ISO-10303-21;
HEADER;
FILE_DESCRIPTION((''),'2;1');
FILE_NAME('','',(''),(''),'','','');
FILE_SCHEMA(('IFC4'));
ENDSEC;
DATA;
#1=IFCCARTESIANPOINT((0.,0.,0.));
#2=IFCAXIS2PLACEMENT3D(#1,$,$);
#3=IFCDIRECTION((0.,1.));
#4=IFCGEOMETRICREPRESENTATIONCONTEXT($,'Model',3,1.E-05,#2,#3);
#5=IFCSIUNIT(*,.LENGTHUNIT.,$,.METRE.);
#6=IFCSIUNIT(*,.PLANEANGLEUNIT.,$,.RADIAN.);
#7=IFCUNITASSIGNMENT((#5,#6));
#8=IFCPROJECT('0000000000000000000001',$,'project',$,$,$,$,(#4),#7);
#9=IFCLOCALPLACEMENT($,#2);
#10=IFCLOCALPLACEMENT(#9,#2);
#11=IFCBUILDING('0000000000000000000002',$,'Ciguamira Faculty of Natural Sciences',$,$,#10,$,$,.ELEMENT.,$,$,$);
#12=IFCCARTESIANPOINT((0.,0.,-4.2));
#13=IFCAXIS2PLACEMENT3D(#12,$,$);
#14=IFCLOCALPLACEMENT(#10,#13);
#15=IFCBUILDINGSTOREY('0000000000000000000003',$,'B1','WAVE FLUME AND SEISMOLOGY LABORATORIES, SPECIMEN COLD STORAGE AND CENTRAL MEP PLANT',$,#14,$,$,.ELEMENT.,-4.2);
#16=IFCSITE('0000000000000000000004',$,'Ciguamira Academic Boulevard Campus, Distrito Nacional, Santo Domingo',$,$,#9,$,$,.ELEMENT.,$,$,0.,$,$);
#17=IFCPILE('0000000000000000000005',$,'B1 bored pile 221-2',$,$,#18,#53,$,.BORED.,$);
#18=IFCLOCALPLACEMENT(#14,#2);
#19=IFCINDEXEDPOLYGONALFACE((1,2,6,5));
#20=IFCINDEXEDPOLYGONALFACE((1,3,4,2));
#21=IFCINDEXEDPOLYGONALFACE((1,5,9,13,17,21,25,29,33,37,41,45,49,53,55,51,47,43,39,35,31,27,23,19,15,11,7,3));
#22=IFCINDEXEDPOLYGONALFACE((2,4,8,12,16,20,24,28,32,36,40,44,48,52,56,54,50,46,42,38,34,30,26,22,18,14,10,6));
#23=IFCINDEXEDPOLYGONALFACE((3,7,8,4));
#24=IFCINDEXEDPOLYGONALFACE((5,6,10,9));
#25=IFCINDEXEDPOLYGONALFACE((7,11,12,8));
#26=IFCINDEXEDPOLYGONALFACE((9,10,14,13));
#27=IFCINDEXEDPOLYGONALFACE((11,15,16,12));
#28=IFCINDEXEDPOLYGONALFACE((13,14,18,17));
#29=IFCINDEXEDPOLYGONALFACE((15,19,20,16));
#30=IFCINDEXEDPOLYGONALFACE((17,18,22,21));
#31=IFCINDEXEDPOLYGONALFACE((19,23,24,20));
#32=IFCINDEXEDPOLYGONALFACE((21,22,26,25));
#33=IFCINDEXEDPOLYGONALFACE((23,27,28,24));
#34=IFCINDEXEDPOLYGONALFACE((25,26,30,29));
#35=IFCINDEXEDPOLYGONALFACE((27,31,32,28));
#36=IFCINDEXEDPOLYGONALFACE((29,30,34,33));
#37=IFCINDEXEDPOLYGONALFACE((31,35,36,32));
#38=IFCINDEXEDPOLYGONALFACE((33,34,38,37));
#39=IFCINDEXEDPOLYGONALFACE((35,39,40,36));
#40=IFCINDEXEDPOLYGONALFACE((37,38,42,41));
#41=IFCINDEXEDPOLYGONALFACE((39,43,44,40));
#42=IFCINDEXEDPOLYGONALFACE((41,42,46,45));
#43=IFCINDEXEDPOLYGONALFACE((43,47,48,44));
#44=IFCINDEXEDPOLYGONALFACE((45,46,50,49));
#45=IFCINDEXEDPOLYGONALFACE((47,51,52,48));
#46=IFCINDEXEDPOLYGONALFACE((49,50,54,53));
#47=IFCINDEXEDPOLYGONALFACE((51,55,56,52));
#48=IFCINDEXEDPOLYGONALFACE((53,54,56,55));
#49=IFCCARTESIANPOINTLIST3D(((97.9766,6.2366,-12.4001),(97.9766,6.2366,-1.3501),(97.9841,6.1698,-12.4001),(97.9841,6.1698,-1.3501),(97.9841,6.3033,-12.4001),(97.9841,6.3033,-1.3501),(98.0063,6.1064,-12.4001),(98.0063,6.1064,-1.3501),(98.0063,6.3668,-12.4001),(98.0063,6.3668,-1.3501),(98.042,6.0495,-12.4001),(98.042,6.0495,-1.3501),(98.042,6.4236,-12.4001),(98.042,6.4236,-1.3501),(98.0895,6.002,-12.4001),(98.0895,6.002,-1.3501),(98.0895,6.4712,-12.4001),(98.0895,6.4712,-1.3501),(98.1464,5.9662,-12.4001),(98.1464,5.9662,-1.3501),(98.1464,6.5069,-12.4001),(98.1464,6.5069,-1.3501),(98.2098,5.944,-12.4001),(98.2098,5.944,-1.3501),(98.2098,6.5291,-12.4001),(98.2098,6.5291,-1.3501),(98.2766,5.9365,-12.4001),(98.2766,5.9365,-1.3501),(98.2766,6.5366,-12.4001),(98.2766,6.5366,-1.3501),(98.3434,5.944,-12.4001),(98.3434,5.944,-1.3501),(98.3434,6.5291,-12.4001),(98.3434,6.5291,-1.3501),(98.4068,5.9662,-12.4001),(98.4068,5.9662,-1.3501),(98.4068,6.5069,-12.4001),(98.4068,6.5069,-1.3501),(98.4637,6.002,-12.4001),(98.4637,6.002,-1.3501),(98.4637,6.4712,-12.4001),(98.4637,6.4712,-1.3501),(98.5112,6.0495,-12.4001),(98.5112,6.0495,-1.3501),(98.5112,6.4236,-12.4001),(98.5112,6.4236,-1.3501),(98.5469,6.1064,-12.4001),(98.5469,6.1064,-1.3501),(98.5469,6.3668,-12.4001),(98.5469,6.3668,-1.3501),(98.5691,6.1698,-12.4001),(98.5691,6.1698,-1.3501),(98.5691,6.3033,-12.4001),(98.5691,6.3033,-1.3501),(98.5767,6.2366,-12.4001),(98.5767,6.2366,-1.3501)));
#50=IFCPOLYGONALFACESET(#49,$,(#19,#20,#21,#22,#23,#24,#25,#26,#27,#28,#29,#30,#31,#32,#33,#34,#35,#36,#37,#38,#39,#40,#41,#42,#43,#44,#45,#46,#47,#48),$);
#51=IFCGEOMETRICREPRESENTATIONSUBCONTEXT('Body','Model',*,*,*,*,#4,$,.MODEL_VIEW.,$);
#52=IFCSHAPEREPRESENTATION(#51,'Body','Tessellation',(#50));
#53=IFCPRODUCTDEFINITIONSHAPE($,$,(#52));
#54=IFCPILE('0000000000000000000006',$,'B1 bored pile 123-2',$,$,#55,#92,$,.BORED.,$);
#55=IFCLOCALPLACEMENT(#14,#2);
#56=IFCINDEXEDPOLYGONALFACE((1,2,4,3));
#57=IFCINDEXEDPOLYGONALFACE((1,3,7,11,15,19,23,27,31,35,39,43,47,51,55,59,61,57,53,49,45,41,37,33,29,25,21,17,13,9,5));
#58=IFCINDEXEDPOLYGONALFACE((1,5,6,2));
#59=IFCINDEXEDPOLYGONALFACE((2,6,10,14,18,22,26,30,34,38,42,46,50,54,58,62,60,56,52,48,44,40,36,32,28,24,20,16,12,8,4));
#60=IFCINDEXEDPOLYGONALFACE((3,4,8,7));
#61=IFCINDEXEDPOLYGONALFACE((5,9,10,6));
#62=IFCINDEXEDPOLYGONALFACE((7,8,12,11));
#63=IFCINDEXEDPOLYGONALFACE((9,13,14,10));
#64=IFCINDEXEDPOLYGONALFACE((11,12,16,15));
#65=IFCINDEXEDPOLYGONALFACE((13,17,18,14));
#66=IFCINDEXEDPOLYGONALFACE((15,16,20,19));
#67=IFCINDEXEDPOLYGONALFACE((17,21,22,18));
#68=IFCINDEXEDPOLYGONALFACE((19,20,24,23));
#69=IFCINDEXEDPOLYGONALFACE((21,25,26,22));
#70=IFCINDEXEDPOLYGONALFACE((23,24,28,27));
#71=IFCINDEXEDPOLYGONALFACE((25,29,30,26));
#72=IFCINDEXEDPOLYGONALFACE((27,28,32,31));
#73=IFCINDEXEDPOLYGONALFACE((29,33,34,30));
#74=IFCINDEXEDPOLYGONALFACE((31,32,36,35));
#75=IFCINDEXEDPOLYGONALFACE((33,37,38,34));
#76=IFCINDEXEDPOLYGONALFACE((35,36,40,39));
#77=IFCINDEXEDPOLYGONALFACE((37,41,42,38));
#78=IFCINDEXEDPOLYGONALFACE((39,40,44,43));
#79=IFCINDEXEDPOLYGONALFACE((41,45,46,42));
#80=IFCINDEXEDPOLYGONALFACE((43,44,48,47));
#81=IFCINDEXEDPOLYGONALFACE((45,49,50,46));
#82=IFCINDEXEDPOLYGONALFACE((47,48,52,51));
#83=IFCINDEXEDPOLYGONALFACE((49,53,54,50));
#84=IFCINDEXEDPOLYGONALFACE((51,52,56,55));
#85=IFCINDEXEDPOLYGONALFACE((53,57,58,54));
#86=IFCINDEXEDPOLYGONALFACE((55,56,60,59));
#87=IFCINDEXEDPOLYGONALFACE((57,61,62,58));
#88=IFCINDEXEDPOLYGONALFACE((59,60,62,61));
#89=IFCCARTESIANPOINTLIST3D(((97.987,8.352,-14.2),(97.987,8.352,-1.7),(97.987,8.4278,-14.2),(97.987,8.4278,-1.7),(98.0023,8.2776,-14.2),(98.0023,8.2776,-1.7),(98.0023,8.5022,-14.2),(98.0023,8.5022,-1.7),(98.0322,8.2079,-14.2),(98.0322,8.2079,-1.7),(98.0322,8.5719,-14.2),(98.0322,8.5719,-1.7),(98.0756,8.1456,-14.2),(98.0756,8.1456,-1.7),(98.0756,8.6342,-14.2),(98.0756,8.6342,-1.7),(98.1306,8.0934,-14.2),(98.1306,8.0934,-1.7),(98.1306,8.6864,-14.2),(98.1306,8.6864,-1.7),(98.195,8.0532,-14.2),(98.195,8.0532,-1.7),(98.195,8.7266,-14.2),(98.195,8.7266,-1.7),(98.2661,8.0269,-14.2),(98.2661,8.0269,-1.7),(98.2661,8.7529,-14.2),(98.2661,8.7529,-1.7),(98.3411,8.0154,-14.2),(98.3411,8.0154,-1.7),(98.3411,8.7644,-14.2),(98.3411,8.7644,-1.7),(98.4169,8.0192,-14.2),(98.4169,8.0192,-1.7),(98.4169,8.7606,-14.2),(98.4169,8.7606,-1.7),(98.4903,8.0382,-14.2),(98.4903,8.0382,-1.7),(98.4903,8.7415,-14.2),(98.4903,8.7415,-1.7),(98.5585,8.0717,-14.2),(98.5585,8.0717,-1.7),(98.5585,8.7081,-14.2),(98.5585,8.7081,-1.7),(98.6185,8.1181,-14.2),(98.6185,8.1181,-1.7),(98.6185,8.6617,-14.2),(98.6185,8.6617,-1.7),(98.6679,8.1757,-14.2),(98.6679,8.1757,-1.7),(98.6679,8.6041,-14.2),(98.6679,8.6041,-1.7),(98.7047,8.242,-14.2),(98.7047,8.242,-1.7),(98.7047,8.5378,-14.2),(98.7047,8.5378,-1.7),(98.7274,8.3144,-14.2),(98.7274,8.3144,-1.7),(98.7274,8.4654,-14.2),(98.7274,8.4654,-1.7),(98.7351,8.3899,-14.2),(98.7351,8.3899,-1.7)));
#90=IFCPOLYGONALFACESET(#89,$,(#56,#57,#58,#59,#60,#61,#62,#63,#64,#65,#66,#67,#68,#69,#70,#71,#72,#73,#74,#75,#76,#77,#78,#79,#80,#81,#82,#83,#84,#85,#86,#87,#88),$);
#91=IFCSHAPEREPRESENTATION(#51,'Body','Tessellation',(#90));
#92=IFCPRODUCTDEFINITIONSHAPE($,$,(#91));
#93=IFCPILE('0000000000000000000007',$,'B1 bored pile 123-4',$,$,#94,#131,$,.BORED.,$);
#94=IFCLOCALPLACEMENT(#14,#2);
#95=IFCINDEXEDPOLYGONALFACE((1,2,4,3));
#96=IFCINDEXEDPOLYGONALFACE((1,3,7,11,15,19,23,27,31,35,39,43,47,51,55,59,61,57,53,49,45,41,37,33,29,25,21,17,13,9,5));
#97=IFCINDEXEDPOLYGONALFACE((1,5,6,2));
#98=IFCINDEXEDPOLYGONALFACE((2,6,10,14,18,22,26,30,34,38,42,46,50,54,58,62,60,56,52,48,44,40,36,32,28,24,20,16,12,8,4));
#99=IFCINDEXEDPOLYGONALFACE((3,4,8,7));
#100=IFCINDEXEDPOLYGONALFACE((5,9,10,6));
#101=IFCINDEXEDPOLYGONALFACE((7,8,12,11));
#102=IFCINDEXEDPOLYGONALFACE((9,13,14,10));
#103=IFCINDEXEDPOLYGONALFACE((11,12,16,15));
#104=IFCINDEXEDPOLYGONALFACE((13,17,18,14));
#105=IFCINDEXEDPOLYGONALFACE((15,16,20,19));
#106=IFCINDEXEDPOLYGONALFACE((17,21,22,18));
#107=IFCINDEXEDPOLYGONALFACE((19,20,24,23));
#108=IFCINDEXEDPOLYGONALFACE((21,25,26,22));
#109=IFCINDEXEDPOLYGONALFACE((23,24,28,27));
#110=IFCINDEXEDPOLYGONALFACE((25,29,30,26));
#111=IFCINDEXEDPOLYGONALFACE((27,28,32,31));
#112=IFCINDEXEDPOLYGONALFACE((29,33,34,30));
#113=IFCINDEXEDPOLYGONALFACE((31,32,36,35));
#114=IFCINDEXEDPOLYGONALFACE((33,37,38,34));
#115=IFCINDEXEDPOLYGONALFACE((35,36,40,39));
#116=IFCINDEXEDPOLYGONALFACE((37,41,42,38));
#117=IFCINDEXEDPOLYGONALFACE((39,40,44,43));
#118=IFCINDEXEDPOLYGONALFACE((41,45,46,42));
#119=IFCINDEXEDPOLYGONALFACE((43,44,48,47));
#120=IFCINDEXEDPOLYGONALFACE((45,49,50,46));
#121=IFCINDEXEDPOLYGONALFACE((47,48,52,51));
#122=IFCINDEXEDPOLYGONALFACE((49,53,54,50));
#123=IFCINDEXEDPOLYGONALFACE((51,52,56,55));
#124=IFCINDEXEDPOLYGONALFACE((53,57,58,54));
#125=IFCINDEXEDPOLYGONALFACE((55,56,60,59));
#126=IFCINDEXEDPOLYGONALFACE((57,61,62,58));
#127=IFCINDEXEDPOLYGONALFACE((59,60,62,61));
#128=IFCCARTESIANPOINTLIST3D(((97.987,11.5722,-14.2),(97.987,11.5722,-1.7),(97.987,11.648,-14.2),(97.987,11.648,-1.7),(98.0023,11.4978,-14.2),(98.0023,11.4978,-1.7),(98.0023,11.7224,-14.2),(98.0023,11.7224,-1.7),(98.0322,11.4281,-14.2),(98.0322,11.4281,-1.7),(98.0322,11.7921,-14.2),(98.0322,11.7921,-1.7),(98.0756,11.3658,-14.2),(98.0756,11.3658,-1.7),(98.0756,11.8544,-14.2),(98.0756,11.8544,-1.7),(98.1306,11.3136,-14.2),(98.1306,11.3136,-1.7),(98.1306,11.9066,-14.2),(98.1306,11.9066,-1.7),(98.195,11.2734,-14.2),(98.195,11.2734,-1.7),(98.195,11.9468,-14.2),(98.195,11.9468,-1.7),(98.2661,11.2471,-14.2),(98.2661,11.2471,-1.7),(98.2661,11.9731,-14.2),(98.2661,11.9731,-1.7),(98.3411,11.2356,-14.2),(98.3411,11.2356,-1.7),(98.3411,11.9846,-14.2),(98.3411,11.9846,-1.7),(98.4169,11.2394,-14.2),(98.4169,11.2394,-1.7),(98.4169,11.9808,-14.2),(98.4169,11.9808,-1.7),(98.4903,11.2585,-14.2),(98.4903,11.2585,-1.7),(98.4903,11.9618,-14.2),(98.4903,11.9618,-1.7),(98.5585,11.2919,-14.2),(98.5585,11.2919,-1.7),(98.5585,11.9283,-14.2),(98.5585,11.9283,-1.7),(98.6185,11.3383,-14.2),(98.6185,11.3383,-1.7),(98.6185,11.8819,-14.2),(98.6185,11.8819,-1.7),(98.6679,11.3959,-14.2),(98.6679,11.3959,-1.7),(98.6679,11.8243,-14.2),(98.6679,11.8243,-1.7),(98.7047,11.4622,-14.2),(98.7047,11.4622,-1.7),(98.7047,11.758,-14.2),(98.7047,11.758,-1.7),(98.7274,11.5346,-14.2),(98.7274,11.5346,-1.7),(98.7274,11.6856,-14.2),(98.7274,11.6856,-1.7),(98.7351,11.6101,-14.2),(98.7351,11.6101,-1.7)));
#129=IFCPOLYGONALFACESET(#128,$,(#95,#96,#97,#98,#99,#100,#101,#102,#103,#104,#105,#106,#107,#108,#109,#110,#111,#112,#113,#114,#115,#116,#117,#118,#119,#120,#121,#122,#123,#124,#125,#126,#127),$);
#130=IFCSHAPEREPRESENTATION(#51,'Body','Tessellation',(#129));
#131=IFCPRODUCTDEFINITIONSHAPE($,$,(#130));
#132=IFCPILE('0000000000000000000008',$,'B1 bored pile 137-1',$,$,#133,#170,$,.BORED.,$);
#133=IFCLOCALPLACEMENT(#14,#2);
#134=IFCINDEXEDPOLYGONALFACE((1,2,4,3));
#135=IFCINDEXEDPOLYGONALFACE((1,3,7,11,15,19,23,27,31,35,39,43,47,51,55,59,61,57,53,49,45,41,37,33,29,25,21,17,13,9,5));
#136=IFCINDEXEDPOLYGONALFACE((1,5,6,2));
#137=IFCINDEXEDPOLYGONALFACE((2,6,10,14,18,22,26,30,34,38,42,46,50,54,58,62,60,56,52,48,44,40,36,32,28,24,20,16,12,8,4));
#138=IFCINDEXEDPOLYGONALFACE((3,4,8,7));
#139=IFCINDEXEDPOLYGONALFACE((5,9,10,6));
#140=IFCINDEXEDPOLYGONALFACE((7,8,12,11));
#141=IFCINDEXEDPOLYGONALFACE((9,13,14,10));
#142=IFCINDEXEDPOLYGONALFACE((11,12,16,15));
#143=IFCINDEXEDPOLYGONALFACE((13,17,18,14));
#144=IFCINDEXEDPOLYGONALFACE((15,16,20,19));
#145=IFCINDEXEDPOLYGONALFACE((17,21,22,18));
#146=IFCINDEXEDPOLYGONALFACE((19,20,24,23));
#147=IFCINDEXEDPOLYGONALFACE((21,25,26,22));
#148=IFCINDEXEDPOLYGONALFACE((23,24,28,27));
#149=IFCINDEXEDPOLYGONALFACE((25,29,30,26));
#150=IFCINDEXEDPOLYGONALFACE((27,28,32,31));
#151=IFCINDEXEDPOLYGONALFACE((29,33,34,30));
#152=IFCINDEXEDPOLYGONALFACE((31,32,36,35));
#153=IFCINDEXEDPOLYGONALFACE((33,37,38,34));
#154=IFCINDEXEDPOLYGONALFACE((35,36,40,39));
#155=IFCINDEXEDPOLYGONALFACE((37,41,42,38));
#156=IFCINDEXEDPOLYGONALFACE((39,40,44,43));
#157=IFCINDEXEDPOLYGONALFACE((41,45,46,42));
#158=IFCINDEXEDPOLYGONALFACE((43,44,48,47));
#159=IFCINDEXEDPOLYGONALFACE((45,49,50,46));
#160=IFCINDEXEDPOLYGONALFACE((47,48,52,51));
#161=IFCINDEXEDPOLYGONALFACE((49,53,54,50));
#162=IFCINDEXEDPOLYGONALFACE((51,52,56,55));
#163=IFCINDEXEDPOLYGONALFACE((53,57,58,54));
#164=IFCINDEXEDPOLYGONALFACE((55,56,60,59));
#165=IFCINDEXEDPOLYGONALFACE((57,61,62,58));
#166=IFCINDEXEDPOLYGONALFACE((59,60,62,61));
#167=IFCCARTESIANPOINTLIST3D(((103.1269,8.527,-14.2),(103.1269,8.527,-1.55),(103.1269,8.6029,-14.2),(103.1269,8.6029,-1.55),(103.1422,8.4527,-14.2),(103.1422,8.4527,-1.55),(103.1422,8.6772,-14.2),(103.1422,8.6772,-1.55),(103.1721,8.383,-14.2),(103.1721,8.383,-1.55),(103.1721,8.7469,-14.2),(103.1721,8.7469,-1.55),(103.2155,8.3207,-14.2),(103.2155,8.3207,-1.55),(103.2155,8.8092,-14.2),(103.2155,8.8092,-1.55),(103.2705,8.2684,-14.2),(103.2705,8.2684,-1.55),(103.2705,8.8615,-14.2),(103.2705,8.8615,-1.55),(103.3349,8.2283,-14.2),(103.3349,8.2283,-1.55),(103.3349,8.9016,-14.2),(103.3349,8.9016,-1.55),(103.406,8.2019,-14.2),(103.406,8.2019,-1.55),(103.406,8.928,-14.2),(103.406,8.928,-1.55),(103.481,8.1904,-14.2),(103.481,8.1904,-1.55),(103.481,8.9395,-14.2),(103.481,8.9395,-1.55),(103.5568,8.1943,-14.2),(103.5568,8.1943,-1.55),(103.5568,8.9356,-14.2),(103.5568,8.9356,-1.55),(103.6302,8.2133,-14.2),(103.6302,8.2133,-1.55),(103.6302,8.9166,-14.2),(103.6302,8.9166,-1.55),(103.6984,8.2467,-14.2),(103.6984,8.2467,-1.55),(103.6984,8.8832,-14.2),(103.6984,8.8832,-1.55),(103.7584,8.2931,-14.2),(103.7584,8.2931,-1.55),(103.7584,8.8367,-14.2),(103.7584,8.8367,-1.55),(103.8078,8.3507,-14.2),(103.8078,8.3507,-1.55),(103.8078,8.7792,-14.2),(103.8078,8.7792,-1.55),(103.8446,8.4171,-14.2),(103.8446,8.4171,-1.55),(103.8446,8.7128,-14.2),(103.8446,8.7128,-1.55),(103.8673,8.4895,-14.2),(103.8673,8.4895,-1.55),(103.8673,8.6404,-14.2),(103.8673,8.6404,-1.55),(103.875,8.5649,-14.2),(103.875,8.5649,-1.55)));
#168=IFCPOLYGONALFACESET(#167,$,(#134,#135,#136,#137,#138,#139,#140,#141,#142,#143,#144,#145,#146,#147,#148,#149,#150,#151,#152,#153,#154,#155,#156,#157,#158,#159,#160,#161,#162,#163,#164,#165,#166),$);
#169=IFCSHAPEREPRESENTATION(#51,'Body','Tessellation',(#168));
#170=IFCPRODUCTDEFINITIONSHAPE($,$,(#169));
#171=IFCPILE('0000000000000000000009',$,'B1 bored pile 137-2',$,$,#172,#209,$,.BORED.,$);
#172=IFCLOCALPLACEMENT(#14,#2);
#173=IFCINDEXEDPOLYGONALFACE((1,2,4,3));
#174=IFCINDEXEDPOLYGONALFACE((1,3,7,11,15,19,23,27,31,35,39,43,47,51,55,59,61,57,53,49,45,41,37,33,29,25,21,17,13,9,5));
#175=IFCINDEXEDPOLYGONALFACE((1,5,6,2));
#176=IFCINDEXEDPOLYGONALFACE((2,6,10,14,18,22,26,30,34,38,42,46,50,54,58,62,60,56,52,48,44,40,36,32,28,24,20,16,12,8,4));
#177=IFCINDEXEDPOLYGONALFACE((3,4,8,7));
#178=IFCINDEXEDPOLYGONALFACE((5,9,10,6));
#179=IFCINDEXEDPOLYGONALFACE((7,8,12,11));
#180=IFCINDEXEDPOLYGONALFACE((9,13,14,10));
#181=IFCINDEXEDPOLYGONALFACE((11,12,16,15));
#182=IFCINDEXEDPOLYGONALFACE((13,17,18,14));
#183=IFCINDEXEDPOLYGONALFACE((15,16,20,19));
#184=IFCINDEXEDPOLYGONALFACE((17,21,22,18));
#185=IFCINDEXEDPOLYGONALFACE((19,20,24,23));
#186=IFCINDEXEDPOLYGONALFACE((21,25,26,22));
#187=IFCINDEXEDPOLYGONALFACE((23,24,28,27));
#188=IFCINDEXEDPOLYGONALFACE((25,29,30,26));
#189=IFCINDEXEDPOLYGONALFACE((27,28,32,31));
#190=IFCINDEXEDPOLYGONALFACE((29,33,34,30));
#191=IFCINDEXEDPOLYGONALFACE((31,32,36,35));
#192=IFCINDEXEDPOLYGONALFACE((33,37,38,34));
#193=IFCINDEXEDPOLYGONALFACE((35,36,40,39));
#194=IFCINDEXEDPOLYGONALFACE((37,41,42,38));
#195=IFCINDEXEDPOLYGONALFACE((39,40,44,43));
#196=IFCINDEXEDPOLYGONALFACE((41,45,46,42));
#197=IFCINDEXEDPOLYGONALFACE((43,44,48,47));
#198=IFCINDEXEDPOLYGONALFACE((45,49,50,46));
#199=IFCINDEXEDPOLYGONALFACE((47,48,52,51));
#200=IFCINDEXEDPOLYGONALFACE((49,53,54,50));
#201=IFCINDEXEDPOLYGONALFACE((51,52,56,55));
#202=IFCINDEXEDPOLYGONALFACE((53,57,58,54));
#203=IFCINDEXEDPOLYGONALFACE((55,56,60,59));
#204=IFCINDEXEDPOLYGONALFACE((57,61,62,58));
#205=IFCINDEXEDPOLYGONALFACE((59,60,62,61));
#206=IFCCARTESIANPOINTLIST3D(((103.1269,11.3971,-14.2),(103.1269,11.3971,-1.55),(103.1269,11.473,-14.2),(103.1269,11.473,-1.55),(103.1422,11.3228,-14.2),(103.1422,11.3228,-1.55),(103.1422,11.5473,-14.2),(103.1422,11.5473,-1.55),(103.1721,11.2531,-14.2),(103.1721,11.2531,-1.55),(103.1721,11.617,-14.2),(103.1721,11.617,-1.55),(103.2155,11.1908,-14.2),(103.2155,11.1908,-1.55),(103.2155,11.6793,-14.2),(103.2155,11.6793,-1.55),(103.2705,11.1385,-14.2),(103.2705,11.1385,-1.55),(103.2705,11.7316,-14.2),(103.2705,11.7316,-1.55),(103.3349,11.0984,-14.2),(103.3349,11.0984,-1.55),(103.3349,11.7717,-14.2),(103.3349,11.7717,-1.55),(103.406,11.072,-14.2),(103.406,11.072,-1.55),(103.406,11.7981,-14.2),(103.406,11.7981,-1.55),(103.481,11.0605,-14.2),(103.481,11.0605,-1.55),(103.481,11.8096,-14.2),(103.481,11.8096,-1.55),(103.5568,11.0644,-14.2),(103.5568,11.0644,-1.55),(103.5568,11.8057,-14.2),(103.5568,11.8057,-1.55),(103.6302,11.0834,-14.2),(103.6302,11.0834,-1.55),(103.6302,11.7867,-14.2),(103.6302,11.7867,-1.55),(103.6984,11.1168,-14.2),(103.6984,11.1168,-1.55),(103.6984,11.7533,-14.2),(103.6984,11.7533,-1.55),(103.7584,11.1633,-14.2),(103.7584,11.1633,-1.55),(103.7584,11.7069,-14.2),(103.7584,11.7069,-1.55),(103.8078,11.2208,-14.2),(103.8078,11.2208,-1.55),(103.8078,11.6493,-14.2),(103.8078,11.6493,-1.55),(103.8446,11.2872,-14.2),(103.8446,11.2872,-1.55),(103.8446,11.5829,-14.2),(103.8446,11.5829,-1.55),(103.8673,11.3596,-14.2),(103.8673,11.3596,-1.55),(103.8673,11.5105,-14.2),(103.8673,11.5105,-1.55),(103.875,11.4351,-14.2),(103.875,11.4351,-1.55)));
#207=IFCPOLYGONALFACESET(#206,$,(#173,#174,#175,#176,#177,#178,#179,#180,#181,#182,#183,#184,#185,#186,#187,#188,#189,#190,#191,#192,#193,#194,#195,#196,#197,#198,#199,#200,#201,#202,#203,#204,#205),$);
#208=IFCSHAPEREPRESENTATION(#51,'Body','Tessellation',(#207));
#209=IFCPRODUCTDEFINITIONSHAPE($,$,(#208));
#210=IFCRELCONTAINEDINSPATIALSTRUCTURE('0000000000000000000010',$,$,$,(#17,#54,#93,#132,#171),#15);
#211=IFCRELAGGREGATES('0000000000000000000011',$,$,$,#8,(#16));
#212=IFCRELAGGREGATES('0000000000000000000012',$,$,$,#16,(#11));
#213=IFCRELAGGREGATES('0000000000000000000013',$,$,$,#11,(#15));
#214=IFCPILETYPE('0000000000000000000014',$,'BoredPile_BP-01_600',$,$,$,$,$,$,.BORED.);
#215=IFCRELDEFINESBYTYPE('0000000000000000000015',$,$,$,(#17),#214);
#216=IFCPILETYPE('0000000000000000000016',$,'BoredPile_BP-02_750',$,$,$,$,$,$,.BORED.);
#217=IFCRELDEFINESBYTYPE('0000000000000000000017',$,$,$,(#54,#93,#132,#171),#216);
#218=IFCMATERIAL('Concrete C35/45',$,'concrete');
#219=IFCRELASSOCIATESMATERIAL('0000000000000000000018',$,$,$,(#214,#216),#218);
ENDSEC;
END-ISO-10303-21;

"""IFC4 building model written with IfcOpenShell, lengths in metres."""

from ifc_helpers import new_model, si_unit, direction, frame, origin, origin_2d, place, context, subcontext, project, spatial, circle, extrude, material, material_profile, profile_set, type_object, element, save


model = new_model("IFC4")

# Units and contexts
model_context = context("Model", 3, precision=1e-05, world=origin(), true_north=direction((0.0, 1.0)))
body_context = subcontext(model_context, "Body", "Model", "MODEL_VIEW")
ifc_project = project(units=[si_unit("LENGTHUNIT", "METRE"), si_unit("PLANEANGLEUNIT", "RADIAN")], contexts=[model_context])

# Site, building, storey
site_placement = place(None, origin())
site = spatial("IfcSite", under=ifc_project, at=site_placement, Name="Ciguamira Academic Boulevard Campus, Distrito Nacional, Santo Domingo", CompositionType="ELEMENT", RefElevation=0.0)
building_placement = place(site_placement, origin())
building = spatial("IfcBuilding", under=site, at=building_placement, Name="Ciguamira Faculty of Natural Sciences", CompositionType="ELEMENT")
storey_placement = place(building_placement, frame((0.0, 0.0, -4.2)))
storey = spatial("IfcBuildingStorey", under=building, at=storey_placement, Name="B1", Description="WAVE FLUME AND SEISMOLOGY LABORATORIES, SPECIMEN COLD STORAGE AND CENTRAL MEP PLANT", CompositionType="ELEMENT", Elevation=-4.2)

# Piles
ifc_material_1 = material(Name="Concrete C35/45", Category="concrete")
ifc_material_profile_1 = material_profile(ifc_material_1, circle(Radius=0.3, at=origin_2d()), Name="PILE-BORED-600")
ifc_profile_set_1 = profile_set([ifc_material_profile_1], Name="Concrete C35/45")
pile_type_1 = type_object("IfcPileType", Name="BoredPile_BP-01_600", PredefinedType="BORED", material=ifc_profile_set_1)
pile_1_placement = place(storey_placement, frame((98.2766, 6.2366, -1.3501), z_axis=(0.0, 0.0, -1.0), x_axis=(1.0, 0.0, 0.0)))
element("IfcPile", 1, at=pile_1_placement, inside=storey, type_object=pile_type_1, Name="B1 bored pile 221-2", PredefinedType="BORED", context=body_context, shape_type="SweptSolid", body=[
    extrude(circle(Radius=0.3, at=origin_2d()), origin(), (0.0, 0.0, 1.0), 11.05),
])
ifc_material_profile_2 = material_profile(ifc_material_1, circle(Radius=0.375, at=origin_2d()), Name="PILE-BORED-750")
ifc_profile_set_2 = profile_set([ifc_material_profile_2], Name="Concrete C35/45")
pile_type_2 = type_object("IfcPileType", Name="BoredPile_BP-02_750", PredefinedType="BORED", material=ifc_profile_set_2)
for number, where, z_axis, x_axis, name in (
    (2, (98.3601, 8.3899, -1.7), (0.0, 0.0, -1.0), (1.0, 0.0, 0.0), "B1 bored pile 123-2"),
    (3, (98.3601, 11.6101, -1.7), (0.0, 0.0, -1.0), (1.0, 0.0, 0.0), "B1 bored pile 123-4"),
):
    element("IfcPile", number, at=place(storey_placement, frame(where, z_axis=z_axis, x_axis=x_axis)), inside=storey, type_object=pile_type_2, Name=name, PredefinedType="BORED", context=body_context, shape_type="SweptSolid", body=[
        extrude(circle(Radius=0.375, at=origin_2d()), origin(), (0.0, 0.0, 1.0), 12.5),
    ])
for number, where, z_axis, x_axis, name in (
    (4, (103.5, 8.5649, -1.55), (0.0, 0.0, -1.0), (1.0, 0.0, 0.0), "B1 bored pile 137-1"),
    (5, (103.5, 11.4351, -1.55), (0.0, 0.0, -1.0), (1.0, 0.0, 0.0), "B1 bored pile 137-2"),
):
    element("IfcPile", number, at=place(storey_placement, frame(where, z_axis=z_axis, x_axis=x_axis)), inside=storey, type_object=pile_type_2, Name=name, PredefinedType="BORED", context=body_context, shape_type="SweptSolid", body=[
        extrude(circle(Radius=0.375, at=origin_2d()), origin(), (0.0, 0.0, 1.0), 12.6499),
    ])

save(model, "model.ifc")
